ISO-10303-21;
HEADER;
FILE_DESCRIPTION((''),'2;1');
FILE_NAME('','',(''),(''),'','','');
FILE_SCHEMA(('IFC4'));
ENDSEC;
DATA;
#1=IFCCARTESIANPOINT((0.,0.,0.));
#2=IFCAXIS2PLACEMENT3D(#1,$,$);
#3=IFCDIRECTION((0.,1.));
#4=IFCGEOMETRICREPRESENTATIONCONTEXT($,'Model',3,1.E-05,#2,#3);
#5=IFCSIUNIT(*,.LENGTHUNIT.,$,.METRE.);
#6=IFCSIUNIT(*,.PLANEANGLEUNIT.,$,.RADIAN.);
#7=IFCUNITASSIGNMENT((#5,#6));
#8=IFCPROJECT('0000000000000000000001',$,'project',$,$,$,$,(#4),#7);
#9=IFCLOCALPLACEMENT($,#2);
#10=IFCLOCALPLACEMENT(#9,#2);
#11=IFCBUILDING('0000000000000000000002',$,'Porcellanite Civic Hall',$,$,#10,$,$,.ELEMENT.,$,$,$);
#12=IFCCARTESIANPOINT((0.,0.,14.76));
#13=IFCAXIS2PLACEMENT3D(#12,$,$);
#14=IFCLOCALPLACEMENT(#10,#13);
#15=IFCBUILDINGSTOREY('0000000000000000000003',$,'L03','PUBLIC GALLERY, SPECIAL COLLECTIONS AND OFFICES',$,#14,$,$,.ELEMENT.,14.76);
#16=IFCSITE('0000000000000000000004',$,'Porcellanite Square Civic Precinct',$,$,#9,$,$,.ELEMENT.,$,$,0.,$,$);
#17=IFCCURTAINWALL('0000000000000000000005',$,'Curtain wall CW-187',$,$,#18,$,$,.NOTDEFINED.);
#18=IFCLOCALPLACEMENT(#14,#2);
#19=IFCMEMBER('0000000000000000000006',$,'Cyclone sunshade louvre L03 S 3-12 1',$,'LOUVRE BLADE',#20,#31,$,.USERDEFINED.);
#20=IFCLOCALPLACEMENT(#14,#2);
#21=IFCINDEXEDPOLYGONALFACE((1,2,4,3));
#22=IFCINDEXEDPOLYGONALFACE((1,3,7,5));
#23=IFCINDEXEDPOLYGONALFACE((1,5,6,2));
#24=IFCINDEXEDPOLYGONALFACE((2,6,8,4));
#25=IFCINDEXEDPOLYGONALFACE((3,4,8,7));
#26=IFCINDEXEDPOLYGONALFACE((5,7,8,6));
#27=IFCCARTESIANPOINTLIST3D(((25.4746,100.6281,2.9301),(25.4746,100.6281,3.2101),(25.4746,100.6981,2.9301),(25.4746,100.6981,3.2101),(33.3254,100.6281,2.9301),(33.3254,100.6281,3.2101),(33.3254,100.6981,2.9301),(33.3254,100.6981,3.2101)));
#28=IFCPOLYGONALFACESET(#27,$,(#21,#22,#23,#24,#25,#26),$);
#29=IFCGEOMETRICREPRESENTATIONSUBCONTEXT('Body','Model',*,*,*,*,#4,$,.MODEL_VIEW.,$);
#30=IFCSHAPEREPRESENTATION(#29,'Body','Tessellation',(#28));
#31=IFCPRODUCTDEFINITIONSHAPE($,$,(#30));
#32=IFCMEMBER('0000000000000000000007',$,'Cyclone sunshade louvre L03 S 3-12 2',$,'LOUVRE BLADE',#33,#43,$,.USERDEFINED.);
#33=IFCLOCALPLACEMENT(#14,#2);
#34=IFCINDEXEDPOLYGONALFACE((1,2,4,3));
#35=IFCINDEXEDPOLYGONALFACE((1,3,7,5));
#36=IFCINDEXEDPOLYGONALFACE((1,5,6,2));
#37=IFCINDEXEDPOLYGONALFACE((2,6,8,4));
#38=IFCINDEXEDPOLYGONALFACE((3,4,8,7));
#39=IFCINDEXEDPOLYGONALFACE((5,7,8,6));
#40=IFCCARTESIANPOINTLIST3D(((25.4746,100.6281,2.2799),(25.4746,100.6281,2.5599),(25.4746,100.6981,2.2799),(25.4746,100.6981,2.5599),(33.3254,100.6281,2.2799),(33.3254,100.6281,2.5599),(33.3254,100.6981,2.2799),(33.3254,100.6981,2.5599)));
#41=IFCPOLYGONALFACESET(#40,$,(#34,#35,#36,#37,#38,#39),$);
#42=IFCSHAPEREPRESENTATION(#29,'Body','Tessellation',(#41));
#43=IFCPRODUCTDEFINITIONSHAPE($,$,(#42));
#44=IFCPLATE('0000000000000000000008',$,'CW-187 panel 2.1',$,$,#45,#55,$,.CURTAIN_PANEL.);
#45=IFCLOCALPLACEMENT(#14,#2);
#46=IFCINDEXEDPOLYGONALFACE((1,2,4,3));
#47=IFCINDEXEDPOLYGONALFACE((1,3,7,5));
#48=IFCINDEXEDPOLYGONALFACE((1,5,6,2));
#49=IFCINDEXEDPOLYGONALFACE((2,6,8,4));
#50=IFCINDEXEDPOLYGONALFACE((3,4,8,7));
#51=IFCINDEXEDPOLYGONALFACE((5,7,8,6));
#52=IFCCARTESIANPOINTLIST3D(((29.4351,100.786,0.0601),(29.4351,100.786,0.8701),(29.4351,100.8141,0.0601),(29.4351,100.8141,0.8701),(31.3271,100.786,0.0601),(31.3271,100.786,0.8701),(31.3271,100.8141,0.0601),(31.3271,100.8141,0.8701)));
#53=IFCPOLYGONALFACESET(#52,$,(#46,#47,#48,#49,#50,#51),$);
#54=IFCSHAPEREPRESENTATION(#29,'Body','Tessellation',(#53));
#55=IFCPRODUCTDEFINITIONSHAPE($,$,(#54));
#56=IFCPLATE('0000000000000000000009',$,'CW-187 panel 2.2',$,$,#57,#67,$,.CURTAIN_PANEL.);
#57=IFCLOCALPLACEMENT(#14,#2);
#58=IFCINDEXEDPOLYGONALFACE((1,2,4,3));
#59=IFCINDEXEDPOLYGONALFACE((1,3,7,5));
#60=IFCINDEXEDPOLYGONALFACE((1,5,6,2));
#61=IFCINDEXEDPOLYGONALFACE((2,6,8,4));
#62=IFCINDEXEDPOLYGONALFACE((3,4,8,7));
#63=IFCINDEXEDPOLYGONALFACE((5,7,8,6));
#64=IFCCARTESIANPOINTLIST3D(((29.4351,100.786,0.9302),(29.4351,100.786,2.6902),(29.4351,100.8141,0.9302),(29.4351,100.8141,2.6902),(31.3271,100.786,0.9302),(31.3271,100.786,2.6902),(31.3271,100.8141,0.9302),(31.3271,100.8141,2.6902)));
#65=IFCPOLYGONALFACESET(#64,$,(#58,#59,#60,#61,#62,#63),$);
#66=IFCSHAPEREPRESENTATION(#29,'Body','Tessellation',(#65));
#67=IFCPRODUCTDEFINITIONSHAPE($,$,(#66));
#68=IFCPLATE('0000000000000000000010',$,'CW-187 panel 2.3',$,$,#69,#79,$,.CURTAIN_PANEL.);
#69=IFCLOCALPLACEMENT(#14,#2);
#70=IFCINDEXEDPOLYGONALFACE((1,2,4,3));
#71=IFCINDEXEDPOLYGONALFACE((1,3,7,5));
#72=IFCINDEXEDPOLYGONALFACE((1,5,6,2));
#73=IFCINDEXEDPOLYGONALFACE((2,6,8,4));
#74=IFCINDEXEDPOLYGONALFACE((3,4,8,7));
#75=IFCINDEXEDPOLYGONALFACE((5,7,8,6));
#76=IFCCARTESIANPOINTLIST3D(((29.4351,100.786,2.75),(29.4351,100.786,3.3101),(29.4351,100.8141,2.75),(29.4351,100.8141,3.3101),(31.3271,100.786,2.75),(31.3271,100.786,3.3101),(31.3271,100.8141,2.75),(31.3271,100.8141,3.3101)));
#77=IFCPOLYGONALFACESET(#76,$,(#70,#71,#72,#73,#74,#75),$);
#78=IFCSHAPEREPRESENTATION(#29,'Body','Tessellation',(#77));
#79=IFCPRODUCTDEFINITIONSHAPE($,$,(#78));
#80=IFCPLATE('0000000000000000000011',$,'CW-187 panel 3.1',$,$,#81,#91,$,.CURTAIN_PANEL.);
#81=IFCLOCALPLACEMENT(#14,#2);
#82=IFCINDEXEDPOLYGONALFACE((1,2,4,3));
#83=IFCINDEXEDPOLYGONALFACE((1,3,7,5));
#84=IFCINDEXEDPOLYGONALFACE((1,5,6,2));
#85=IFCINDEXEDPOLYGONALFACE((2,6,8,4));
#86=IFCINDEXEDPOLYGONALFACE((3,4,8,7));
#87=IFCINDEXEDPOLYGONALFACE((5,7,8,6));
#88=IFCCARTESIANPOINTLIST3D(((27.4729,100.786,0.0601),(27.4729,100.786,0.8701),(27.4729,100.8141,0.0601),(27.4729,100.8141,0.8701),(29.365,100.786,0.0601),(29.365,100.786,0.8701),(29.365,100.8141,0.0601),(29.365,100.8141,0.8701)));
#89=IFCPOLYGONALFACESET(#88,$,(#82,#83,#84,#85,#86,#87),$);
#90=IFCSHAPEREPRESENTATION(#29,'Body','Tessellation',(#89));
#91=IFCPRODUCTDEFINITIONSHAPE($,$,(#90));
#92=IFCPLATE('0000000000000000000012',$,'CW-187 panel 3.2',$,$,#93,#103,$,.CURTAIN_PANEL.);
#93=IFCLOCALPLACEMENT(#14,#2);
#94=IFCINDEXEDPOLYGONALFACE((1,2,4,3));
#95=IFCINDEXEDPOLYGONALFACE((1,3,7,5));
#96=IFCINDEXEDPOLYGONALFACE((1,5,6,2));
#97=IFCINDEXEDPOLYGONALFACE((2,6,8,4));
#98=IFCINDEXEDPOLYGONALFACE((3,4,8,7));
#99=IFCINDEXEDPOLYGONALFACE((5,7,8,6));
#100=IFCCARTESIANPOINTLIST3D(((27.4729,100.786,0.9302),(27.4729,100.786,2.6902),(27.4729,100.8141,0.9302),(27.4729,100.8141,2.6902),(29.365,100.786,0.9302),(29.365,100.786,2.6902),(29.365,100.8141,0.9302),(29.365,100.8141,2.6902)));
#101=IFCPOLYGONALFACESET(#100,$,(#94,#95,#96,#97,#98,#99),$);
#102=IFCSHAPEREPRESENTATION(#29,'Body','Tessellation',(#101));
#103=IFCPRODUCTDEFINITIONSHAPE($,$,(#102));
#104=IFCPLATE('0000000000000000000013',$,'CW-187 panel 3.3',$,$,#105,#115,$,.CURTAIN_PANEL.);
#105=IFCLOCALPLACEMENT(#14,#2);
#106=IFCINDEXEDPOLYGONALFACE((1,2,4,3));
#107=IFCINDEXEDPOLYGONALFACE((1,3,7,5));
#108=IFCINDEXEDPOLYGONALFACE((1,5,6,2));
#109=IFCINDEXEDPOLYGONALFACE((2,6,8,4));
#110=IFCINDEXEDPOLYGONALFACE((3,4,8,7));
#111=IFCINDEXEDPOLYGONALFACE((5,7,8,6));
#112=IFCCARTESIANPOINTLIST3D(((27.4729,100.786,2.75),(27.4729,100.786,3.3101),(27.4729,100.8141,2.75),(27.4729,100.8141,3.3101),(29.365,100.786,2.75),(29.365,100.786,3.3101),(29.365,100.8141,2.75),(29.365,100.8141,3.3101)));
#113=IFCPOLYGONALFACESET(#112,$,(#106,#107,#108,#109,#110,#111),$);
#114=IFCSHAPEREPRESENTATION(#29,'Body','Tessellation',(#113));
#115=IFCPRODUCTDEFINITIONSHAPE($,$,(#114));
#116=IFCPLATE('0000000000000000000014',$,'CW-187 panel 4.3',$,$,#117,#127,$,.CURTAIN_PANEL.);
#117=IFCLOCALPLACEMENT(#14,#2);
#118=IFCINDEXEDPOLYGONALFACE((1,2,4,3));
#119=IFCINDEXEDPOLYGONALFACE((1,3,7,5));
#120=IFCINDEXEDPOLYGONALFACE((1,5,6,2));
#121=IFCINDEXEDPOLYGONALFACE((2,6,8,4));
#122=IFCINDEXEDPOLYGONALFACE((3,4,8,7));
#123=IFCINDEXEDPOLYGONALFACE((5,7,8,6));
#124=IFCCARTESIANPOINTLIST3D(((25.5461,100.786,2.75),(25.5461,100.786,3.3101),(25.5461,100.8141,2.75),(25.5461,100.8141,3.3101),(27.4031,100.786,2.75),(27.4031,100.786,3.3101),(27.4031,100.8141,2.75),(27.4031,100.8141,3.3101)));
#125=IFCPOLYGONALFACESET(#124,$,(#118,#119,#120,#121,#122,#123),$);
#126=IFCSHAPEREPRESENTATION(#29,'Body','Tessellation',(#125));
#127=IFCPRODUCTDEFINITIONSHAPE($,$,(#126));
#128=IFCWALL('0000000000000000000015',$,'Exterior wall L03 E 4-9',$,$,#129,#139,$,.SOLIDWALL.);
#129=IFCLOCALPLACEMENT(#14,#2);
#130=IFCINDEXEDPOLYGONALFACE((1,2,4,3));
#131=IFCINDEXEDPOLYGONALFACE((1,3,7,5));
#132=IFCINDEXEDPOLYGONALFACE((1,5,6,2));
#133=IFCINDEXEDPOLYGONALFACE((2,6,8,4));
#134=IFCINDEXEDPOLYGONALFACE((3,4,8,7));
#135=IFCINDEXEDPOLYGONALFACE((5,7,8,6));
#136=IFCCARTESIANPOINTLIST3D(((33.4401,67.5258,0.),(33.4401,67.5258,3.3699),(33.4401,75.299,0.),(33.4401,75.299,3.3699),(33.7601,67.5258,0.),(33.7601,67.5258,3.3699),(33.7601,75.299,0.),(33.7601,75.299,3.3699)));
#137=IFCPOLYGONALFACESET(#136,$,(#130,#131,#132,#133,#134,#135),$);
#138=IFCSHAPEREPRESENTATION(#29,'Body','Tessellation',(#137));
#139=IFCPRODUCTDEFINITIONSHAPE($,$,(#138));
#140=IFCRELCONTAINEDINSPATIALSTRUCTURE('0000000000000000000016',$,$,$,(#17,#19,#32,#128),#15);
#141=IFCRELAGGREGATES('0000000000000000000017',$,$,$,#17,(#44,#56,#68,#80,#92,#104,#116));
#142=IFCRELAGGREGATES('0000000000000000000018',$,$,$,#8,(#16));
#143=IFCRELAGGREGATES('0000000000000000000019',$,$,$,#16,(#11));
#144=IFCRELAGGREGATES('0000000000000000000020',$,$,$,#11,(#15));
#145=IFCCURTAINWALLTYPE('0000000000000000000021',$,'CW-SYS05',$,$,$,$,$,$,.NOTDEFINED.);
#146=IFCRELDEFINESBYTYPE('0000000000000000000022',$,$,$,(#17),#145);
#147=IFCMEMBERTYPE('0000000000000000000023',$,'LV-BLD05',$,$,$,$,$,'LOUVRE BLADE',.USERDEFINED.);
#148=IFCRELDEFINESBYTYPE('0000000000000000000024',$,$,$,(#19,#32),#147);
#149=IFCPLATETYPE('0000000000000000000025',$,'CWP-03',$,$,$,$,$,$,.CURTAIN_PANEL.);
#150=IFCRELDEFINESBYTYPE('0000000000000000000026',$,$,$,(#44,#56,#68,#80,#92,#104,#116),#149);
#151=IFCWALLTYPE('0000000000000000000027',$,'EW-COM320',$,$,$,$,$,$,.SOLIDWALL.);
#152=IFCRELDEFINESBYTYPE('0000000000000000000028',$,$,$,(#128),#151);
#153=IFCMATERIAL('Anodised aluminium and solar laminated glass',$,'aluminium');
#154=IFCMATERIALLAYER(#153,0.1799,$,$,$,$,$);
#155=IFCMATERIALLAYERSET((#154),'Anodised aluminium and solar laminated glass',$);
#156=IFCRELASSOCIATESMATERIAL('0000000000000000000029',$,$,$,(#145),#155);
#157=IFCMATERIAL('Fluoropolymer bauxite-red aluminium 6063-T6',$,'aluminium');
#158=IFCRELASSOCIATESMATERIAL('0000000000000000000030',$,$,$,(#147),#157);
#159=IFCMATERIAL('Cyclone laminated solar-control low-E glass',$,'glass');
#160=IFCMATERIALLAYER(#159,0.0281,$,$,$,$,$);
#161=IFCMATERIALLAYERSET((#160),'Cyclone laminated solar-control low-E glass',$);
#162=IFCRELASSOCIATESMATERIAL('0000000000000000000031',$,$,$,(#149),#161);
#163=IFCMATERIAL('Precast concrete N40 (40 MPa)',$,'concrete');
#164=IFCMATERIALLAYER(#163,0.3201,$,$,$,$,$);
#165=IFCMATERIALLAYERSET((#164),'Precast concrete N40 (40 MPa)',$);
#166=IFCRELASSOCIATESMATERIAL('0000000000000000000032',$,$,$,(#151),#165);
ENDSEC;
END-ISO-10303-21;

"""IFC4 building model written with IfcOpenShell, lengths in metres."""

from ifc_helpers import new_model, si_unit, direction, frame, frame_2d, origin, origin_2d, place, context, subcontext, project, spatial, rectangle, extrude, material, layer, layer_set, material_profile, profile_set, type_object, element, aggregate, save


model = new_model("IFC4")

# Units and contexts
model_context = context("Model", 3, precision=1e-05, world=origin(), true_north=direction((0.0, 1.0)))
body_context = subcontext(model_context, "Body", "Model", "MODEL_VIEW")
ifc_project = project(units=[si_unit("LENGTHUNIT", "METRE"), si_unit("PLANEANGLEUNIT", "RADIAN")], contexts=[model_context])

# Site, building, storey
site_placement = place(None, origin())
site = spatial("IfcSite", under=ifc_project, at=site_placement, Name="Porcellanite Square Civic Precinct", CompositionType="ELEMENT", RefElevation=0.0)
building_placement = place(site_placement, origin())
building = spatial("IfcBuilding", under=site, at=building_placement, Name="Porcellanite Civic Hall", CompositionType="ELEMENT")
storey_placement = place(building_placement, frame((0.0, 0.0, 14.76)))
storey = spatial("IfcBuildingStorey", under=building, at=storey_placement, Name="L03", Description="PUBLIC GALLERY, SPECIAL COLLECTIONS AND OFFICES", CompositionType="ELEMENT", Elevation=14.76)

# Curtain wall
ifc_material_1 = material(Name="Anodised aluminium and solar laminated glass", Category="aluminium")
ifc_layer_1 = layer(ifc_material_1, 0.1799)
ifc_layer_set_1 = layer_set([ifc_layer_1], Name="Anodised aluminium and solar laminated glass")
curtain_wall_type = type_object("IfcCurtainWallType", Name="CW-SYS05", PredefinedType="NOTDEFINED", material=ifc_layer_set_1)
curtain_wall_placement = place(storey_placement, origin())
curtain_wall = element("IfcCurtainWall", 1, at=curtain_wall_placement, inside=storey, type_object=curtain_wall_type, Name="Curtain wall CW-187", PredefinedType="NOTDEFINED")

# Members
ifc_material_2 = material(Name="Fluoropolymer bauxite-red aluminium 6063-T6", Category="aluminium")
ifc_material_profile_1 = material_profile(ifc_material_2, rectangle(XDim=0.0701, YDim=0.28, at=origin_2d()), Name="AL-70x280")
ifc_profile_set_1 = profile_set([ifc_material_profile_1], Name="Fluoropolymer bauxite-red aluminium 6063-T6")
member_type_1 = type_object("IfcMemberType", Name="LV-BLD05", ElementType="LOUVRE BLADE", PredefinedType="USERDEFINED", material=ifc_profile_set_1)
for number, where, z_axis, x_axis, name in (
    (2, (33.3254, 100.6631, 3.0701), (-1.0, 0.0, 0.0), (0.0, -1.0, 0.0), "Cyclone sunshade louvre L03 S 3-12 1"),
    (3, (33.3254, 100.6631, 2.4199), (-1.0, 0.0, 0.0), (0.0, -1.0, 0.0), "Cyclone sunshade louvre L03 S 3-12 2"),
):
    element("IfcMember", number, at=place(storey_placement, frame(where, z_axis=z_axis, x_axis=x_axis)), inside=storey, type_object=member_type_1, Name=name, ObjectType="LOUVRE BLADE", PredefinedType="USERDEFINED", context=body_context, shape_type="SweptSolid", body=[
        extrude(rectangle(XDim=0.0701, YDim=0.28, at=origin_2d()), origin(), (0.0, 0.0, 1.0), 7.8508),
    ])

# Plates
ifc_material_3 = material(Name="Cyclone laminated solar-control low-E glass", Category="glass")
ifc_layer_2 = layer(ifc_material_3, 0.0281)
ifc_layer_set_2 = layer_set([ifc_layer_2], Name="Cyclone laminated solar-control low-E glass")
plate_type = type_object("IfcPlateType", Name="CWP-03", PredefinedType="CURTAIN_PANEL", material=ifc_layer_set_2)
plate_1_placement = place(storey_placement, frame((30.3811, 100.8, 0.0601), z_axis=(0.0, 0.0, 1.0), x_axis=(-1.0, 0.0, 0.0)))
plate_1 = element("IfcPlate", 4, at=plate_1_placement, type_object=plate_type, Name="CW-187 panel 2.1", PredefinedType="CURTAIN_PANEL", context=body_context, shape_type="SweptSolid", body=[
    extrude(rectangle(XDim=1.8921, YDim=0.0281, at=origin_2d()), origin(), (0.0, 0.0, 1.0), 0.8101),
])
plate_2_placement = place(storey_placement, frame((30.3811, 100.8, 0.9302), z_axis=(0.0, 0.0, 1.0), x_axis=(-1.0, 0.0, 0.0)))
plate_2 = element("IfcPlate", 5, at=plate_2_placement, type_object=plate_type, Name="CW-187 panel 2.2", PredefinedType="CURTAIN_PANEL", context=body_context, shape_type="SweptSolid", body=[
    extrude(rectangle(XDim=1.8921, YDim=0.0281, at=origin_2d()), origin(), (0.0, 0.0, 1.0), 1.76),
])
plate_3_placement = place(storey_placement, frame((30.3811, 100.8, 2.75), z_axis=(0.0, 0.0, 1.0), x_axis=(-1.0, 0.0, 0.0)))
plate_3 = element("IfcPlate", 6, at=plate_3_placement, type_object=plate_type, Name="CW-187 panel 2.3", PredefinedType="CURTAIN_PANEL", context=body_context, shape_type="SweptSolid", body=[
    extrude(rectangle(XDim=1.8921, YDim=0.0281, at=origin_2d()), origin(), (0.0, 0.0, 1.0), 0.5601),
])
plate_4_placement = place(storey_placement, frame((28.4189, 100.8, 0.0601), z_axis=(0.0, 0.0, 1.0), x_axis=(-1.0, 0.0, 0.0)))
plate_4 = element("IfcPlate", 7, at=plate_4_placement, type_object=plate_type, Name="CW-187 panel 3.1", PredefinedType="CURTAIN_PANEL", context=body_context, shape_type="SweptSolid", body=[
    extrude(rectangle(XDim=1.8921, YDim=0.0281, at=origin_2d()), origin(), (0.0, 0.0, 1.0), 0.8101),
])
plate_5_placement = place(storey_placement, frame((28.4189, 100.8, 0.9302), z_axis=(0.0, 0.0, 1.0), x_axis=(-1.0, 0.0, 0.0)))
plate_5 = element("IfcPlate", 8, at=plate_5_placement, type_object=plate_type, Name="CW-187 panel 3.2", PredefinedType="CURTAIN_PANEL", context=body_context, shape_type="SweptSolid", body=[
    extrude(rectangle(XDim=1.8921, YDim=0.0281, at=origin_2d()), origin(), (0.0, 0.0, 1.0), 1.76),
])
plate_6_placement = place(storey_placement, frame((28.4189, 100.8, 2.75), z_axis=(0.0, 0.0, 1.0), x_axis=(-1.0, 0.0, 0.0)))
plate_6 = element("IfcPlate", 9, at=plate_6_placement, type_object=plate_type, Name="CW-187 panel 3.3", PredefinedType="CURTAIN_PANEL", context=body_context, shape_type="SweptSolid", body=[
    extrude(rectangle(XDim=1.8921, YDim=0.0281, at=origin_2d()), origin(), (0.0, 0.0, 1.0), 0.5601),
])
plate_7_placement = place(storey_placement, frame((26.4746, 100.8, 2.75), z_axis=(0.0, 0.0, 1.0), x_axis=(-1.0, 0.0, 0.0)))
plate_7 = element("IfcPlate", 10, at=plate_7_placement, type_object=plate_type, Name="CW-187 panel 4.3", PredefinedType="CURTAIN_PANEL", context=body_context, shape_type="SweptSolid", body=[
    extrude(rectangle(XDim=1.8569, YDim=0.0281, at=origin_2d()), origin(), (0.0, 0.0, 1.0), 0.5601),
])
aggregate(curtain_wall, [plate_1, plate_2, plate_3, plate_4, plate_5, plate_6, plate_7])

# Wall
ifc_material_4 = material(Name="Precast concrete N40 (40 MPa)", Category="concrete")
ifc_layer_3 = layer(ifc_material_4, 0.3201)
ifc_layer_set_3 = layer_set([ifc_layer_3], Name="Precast concrete N40 (40 MPa)")
wall_type = type_object("IfcWallType", Name="EW-COM320", PredefinedType="SOLIDWALL", material=ifc_layer_set_3)
wall_placement = place(storey_placement, frame((33.6001, 75.2991, 0.0), z_axis=(0.0, 0.0, 1.0), x_axis=(0.0, -1.0, 0.0)))
element("IfcWall", 11, at=wall_placement, inside=storey, type_object=wall_type, Name="Exterior wall L03 E 4-9", PredefinedType="SOLIDWALL", context=body_context, shape_type="SweptSolid", body=[
    extrude(rectangle(XDim=7.7732, YDim=0.3201, at=frame_2d((3.8867, 0.0))), origin(), (0.0, 0.0, 1.0), 3.3699),
])

save(model, "model.ifc")
